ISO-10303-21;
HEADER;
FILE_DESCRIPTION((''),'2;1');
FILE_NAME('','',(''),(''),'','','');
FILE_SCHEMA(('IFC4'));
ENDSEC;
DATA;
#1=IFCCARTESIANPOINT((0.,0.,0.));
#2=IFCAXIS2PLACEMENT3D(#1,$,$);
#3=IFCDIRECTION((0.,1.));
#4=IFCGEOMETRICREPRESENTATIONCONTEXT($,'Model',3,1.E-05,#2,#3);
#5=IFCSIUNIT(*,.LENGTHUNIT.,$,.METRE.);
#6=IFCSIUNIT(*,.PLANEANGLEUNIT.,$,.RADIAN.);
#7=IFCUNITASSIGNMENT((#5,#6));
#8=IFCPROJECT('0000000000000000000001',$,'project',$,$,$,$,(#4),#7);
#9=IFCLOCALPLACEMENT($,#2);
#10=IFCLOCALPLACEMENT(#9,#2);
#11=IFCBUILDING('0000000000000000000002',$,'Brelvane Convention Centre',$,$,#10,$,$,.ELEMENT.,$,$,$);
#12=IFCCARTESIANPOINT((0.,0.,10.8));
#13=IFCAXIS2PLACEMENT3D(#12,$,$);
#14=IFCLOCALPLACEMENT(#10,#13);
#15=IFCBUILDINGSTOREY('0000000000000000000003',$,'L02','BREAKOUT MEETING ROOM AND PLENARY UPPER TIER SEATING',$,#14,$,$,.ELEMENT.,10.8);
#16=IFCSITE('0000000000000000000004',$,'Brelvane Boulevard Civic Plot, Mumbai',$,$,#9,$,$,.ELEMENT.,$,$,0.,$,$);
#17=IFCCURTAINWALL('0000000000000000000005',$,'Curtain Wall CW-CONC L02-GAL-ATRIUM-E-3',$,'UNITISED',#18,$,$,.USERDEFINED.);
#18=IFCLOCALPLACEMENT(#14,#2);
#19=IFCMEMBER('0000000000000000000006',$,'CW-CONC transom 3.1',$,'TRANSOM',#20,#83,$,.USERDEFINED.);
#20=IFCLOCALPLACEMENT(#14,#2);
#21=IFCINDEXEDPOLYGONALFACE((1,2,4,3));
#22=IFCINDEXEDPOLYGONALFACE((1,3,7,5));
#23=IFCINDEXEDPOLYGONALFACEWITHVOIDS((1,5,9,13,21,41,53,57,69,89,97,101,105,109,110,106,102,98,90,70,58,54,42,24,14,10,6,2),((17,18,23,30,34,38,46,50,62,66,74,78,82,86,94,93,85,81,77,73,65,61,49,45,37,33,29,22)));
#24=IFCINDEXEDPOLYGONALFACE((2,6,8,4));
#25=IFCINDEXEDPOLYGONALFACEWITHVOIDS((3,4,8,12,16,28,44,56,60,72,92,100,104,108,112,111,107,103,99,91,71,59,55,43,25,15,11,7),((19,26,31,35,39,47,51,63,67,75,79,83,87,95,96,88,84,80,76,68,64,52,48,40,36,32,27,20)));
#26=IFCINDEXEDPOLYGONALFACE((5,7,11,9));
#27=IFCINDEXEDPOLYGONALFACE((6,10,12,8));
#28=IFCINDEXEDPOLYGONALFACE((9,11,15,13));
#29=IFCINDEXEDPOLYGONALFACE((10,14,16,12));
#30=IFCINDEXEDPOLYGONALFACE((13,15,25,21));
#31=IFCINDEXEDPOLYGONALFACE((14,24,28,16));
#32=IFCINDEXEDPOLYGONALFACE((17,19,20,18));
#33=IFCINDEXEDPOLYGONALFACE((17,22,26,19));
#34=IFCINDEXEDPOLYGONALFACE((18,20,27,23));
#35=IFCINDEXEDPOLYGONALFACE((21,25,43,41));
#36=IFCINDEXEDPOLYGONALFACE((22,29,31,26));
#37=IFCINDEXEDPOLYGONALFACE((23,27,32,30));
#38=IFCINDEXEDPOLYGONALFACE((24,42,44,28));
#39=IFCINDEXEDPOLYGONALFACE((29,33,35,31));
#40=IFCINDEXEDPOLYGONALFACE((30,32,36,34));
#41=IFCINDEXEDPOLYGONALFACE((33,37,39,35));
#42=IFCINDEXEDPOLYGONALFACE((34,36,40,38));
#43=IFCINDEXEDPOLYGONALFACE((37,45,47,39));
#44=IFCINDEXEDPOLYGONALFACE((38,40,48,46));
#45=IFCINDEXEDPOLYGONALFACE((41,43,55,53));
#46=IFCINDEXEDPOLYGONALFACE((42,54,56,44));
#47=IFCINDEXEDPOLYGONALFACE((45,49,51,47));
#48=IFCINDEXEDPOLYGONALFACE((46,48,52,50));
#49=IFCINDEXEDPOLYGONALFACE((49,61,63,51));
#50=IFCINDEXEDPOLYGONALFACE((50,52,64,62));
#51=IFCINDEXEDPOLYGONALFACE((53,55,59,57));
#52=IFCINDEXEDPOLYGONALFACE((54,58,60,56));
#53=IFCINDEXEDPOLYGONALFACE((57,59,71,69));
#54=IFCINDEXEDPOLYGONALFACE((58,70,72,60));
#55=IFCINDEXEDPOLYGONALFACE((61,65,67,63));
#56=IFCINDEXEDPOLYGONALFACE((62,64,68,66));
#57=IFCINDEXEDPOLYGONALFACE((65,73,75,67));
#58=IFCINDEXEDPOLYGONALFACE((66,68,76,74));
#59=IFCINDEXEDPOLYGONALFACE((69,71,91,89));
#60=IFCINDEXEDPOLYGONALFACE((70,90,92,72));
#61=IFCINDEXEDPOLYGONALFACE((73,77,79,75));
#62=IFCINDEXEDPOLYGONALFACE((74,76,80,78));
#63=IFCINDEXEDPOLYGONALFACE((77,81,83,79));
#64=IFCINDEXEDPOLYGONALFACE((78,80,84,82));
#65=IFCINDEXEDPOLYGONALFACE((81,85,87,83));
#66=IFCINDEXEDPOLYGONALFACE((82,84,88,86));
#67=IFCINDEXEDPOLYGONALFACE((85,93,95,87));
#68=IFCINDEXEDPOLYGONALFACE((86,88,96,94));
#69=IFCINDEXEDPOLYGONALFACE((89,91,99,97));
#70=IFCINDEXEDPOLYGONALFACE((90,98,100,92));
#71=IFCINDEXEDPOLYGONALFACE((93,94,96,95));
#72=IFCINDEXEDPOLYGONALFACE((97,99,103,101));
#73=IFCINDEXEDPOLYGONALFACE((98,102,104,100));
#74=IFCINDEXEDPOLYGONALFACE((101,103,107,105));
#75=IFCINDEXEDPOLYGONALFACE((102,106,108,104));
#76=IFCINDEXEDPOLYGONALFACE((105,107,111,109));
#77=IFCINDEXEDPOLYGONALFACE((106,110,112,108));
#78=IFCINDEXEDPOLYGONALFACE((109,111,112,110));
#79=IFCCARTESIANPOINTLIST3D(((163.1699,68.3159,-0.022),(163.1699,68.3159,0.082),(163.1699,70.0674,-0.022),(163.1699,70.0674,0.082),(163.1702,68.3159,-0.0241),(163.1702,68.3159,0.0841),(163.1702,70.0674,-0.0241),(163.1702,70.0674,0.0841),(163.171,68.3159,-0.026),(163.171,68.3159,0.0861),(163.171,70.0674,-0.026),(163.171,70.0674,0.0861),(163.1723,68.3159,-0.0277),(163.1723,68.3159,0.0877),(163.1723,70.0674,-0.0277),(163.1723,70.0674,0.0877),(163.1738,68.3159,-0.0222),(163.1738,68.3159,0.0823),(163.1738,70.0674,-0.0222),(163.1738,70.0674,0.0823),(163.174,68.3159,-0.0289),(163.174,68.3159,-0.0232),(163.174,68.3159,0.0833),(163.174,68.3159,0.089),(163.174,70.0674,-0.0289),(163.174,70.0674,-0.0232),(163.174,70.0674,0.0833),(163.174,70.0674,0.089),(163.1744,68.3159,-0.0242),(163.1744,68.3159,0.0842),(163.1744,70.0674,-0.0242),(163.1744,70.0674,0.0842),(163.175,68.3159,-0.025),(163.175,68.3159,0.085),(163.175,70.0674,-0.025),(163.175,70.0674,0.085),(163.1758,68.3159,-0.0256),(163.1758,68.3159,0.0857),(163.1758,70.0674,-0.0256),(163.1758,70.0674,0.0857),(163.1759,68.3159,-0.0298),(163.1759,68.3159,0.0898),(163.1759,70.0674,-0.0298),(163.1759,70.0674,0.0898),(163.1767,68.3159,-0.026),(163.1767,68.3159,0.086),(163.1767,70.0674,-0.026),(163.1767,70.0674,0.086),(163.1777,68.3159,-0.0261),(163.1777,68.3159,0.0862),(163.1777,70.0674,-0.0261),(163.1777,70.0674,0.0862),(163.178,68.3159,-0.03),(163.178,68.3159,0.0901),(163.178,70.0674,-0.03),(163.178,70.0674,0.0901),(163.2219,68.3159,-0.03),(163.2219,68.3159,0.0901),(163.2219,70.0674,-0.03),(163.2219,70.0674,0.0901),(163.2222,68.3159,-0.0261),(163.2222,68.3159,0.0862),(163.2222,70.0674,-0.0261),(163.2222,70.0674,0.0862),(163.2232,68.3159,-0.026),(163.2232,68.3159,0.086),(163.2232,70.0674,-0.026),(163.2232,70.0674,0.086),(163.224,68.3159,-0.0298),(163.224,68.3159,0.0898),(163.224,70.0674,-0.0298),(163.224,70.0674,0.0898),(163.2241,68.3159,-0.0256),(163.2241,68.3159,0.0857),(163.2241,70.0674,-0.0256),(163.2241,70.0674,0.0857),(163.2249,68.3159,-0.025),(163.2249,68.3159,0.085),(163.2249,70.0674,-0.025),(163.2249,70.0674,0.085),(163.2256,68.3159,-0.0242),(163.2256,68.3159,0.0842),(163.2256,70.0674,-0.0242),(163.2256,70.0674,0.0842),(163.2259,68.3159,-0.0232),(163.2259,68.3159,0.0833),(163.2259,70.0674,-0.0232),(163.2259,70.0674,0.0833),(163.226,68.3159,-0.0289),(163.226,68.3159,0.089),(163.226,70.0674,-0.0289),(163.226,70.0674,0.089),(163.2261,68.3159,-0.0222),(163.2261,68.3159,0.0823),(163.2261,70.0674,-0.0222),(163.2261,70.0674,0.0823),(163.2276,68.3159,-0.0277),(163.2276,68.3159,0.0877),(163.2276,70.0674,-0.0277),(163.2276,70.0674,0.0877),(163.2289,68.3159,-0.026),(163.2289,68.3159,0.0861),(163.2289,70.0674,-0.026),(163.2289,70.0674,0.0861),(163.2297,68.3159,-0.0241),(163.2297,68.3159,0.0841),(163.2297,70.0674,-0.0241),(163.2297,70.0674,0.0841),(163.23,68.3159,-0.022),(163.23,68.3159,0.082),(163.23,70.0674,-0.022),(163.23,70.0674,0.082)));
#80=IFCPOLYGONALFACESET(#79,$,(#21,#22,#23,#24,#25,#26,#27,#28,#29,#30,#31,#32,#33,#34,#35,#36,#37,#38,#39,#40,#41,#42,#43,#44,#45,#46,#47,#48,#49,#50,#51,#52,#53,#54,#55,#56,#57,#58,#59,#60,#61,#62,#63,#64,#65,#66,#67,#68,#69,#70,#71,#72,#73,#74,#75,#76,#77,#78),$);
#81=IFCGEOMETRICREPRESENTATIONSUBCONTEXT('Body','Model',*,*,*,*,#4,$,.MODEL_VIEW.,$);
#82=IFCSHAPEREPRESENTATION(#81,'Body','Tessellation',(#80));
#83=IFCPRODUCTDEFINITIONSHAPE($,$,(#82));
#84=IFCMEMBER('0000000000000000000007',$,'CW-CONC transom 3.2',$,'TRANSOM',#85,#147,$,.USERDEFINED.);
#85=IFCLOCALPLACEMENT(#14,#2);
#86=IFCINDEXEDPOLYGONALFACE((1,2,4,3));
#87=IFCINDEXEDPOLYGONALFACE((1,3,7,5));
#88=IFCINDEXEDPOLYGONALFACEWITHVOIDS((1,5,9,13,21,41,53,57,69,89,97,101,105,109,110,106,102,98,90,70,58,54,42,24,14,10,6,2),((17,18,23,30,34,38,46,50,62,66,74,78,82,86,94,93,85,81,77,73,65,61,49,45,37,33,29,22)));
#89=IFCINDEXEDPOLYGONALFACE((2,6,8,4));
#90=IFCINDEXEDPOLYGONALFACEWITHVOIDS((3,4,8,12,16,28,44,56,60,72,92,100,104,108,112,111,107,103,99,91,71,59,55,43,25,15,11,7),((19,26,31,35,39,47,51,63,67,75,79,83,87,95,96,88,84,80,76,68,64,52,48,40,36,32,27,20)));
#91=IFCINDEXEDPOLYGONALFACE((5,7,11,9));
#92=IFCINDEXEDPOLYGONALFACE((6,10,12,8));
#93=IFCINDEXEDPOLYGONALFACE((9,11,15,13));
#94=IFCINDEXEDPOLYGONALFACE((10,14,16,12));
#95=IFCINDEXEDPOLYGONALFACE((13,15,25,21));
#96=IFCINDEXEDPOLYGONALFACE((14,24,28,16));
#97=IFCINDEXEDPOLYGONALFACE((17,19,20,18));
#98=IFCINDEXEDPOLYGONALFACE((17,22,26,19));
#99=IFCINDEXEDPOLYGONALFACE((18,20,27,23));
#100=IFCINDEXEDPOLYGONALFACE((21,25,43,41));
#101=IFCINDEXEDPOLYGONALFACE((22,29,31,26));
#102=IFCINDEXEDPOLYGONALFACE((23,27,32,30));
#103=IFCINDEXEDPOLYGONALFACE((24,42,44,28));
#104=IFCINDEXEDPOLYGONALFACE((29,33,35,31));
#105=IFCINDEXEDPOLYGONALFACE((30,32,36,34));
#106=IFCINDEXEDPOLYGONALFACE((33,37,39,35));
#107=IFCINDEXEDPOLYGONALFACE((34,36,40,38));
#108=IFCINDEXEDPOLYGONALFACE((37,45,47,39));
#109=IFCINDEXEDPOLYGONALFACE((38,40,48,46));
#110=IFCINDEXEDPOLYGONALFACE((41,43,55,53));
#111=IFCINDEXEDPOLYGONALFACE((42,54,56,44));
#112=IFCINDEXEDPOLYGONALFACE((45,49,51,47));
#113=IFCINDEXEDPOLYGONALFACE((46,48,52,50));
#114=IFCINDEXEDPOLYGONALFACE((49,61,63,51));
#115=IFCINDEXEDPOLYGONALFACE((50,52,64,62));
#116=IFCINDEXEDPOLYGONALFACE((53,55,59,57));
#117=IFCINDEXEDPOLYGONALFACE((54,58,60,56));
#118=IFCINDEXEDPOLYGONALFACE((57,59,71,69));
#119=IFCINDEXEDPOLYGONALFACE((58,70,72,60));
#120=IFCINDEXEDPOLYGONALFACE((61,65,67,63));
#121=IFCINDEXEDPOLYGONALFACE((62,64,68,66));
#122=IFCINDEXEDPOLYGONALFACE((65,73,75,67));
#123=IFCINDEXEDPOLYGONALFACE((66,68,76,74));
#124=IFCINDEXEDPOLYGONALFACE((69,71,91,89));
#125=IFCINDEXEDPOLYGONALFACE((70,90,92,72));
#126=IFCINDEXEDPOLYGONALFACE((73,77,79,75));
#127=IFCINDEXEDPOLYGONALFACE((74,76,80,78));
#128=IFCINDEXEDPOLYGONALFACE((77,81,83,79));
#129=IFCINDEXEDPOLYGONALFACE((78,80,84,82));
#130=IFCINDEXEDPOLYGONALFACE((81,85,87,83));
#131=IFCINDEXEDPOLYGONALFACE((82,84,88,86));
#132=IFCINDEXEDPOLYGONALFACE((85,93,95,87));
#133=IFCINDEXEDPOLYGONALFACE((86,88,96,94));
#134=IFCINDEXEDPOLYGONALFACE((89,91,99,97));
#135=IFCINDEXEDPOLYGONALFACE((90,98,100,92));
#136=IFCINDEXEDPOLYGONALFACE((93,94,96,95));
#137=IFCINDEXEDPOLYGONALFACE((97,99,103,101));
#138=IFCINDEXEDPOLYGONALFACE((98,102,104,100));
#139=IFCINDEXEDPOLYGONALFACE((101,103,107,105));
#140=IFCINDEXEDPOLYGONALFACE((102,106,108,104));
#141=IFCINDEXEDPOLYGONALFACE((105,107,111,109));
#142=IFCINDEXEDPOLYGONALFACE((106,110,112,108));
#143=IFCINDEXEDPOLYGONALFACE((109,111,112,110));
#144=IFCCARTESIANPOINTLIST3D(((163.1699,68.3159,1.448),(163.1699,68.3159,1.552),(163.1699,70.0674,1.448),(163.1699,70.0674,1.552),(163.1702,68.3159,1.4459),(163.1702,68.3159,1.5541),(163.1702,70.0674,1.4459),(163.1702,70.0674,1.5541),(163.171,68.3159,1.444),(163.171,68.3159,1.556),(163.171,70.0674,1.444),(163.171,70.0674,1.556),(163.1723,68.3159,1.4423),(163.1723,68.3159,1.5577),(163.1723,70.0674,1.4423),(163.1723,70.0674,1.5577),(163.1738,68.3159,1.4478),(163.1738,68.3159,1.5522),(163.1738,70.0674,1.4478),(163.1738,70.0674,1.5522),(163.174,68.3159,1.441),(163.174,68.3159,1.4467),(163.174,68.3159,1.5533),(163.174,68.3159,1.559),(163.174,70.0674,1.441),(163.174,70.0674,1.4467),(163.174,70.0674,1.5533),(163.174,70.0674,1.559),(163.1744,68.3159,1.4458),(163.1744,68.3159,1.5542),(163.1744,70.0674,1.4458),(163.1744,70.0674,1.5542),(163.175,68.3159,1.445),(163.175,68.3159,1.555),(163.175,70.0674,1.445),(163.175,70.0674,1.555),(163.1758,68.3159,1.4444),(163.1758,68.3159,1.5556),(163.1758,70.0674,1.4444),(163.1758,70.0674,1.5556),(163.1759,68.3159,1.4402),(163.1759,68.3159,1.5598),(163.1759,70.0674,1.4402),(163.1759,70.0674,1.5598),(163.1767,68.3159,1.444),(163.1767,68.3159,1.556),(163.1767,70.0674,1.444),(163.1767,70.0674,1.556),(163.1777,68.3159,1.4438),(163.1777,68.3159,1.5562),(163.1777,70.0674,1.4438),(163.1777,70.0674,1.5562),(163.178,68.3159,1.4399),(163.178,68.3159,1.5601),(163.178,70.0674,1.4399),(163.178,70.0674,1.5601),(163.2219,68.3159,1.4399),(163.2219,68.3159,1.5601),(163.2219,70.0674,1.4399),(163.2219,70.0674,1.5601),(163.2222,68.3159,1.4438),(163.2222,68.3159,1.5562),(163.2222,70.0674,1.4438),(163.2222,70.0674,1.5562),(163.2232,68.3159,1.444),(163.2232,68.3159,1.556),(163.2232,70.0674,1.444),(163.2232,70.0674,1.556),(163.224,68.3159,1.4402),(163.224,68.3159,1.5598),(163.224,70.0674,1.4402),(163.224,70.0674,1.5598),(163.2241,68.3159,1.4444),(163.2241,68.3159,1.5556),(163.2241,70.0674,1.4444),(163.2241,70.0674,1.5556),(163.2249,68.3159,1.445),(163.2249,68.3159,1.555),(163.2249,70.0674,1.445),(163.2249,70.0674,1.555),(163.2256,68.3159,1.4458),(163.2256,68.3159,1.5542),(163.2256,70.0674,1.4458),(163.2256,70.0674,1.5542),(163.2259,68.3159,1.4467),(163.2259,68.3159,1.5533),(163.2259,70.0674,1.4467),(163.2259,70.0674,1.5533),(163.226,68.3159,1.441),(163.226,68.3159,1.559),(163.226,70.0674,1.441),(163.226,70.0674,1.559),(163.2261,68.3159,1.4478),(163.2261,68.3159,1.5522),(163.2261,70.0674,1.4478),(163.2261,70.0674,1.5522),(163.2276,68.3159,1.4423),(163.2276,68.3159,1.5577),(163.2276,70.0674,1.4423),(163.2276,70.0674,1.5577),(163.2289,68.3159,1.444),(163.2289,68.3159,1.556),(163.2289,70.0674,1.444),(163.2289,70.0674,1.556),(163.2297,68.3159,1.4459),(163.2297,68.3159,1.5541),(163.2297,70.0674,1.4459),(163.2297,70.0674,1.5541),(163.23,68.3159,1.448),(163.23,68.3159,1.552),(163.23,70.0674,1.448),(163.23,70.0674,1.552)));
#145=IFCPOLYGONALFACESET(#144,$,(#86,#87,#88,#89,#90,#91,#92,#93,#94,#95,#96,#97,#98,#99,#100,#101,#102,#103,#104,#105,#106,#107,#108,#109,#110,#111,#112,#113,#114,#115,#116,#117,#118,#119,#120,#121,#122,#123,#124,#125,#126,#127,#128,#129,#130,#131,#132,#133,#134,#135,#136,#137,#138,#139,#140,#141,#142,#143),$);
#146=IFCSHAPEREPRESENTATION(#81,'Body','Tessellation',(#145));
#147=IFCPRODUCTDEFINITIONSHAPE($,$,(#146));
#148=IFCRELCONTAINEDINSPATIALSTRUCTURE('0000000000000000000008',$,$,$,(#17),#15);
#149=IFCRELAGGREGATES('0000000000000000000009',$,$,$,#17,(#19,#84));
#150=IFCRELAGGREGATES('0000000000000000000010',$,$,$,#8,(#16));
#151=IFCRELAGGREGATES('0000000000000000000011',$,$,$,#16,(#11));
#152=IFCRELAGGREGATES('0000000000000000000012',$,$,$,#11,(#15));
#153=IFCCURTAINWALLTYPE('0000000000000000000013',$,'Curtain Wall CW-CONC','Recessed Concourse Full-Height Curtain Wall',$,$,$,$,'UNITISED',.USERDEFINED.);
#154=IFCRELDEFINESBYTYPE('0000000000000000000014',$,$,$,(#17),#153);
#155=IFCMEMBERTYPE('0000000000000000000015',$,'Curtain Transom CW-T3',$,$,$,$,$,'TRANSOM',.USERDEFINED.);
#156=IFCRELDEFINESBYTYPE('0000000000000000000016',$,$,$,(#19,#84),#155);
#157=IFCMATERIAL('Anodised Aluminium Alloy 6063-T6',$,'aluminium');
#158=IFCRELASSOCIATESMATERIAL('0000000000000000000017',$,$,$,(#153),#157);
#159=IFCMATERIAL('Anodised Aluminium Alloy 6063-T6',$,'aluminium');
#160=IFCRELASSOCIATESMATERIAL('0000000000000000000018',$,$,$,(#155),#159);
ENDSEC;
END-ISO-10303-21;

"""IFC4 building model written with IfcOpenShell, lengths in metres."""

from ifc_helpers import new_model, si_unit, direction, frame, origin, origin_2d, place, context, subcontext, project, spatial, hollow_rectangle, extrude, material, material_profile, profile_set, type_object, element, aggregate, save


model = new_model("IFC4")

# Units and contexts
model_context = context("Model", 3, precision=1e-05, world=origin(), true_north=direction((0.0, 1.0)))
body_context = subcontext(model_context, "Body", "Model", "MODEL_VIEW")
ifc_project = project(units=[si_unit("LENGTHUNIT", "METRE"), si_unit("PLANEANGLEUNIT", "RADIAN")], contexts=[model_context])

# Site, building, storey
site_placement = place(None, origin())
site = spatial("IfcSite", under=ifc_project, at=site_placement, Name="Brelvane Boulevard Civic Plot, Mumbai", CompositionType="ELEMENT", RefElevation=0.0)
building_placement = place(site_placement, origin())
building = spatial("IfcBuilding", under=site, at=building_placement, Name="Brelvane Convention Centre", CompositionType="ELEMENT")
storey_placement = place(building_placement, frame((0.0, 0.0, 10.8)))
storey = spatial("IfcBuildingStorey", under=building, at=storey_placement, Name="L02", Description="BREAKOUT MEETING ROOM AND PLENARY UPPER TIER SEATING", CompositionType="ELEMENT", Elevation=10.8)

# Curtain wall, members
ifc_material_1 = material(Name="Anodised Aluminium Alloy 6063-T6", Category="aluminium")
curtain_wall_type = type_object("IfcCurtainWallType", Name="Curtain Wall CW-CONC", Description="Recessed Concourse Full-Height Curtain Wall", ElementType="UNITISED", PredefinedType="USERDEFINED", material=ifc_material_1)
curtain_wall_placement = place(storey_placement, origin())
curtain_wall = element("IfcCurtainWall", 1, at=curtain_wall_placement, inside=storey, type_object=curtain_wall_type, Name="Curtain Wall CW-CONC L02-GAL-ATRIUM-E-3", ObjectType="UNITISED", PredefinedType="USERDEFINED")
ifc_material_2 = material(Name="Anodised Aluminium Alloy 6063-T6", Category="aluminium")
ifc_material_profile_1 = material_profile(ifc_material_2, hollow_rectangle(XDim=0.0601, YDim=0.1201, WallThickness=0.0039, InnerFilletRadius=0.0039, OuterFilletRadius=0.0081, at=origin_2d()), Name="ALU-T 120x60x4.0")
ifc_profile_set_1 = profile_set([ifc_material_profile_1], Name="Anodised Aluminium Alloy 6063-T6")
member_type_1 = type_object("IfcMemberType", Name="Curtain Transom CW-T3", ElementType="TRANSOM", PredefinedType="USERDEFINED", material=ifc_profile_set_1)
member_1_placement = place(storey_placement, frame((163.2, 68.3159, 0.03), z_axis=(0.0, 1.0, 0.0), x_axis=(-1.0, 0.0, 0.0)))
member_1 = element("IfcMember", 2, at=member_1_placement, type_object=member_type_1, Name="CW-CONC transom 3.1", ObjectType="TRANSOM", PredefinedType="USERDEFINED", context=body_context, shape_type="SweptSolid", body=[
    extrude(hollow_rectangle(XDim=0.0601, YDim=0.1201, WallThickness=0.0039, InnerFilletRadius=0.0039, OuterFilletRadius=0.0081, at=origin_2d()), origin(), (0.0, 0.0, 1.0), 1.7515),
])
member_2_placement = place(storey_placement, frame((163.2, 68.3159, 1.5), z_axis=(0.0, 1.0, 0.0), x_axis=(-1.0, 0.0, 0.0)))
member_2 = element("IfcMember", 3, at=member_2_placement, type_object=member_type_1, Name="CW-CONC transom 3.2", ObjectType="TRANSOM", PredefinedType="USERDEFINED", context=body_context, shape_type="SweptSolid", body=[
    extrude(hollow_rectangle(XDim=0.0601, YDim=0.1201, WallThickness=0.0039, InnerFilletRadius=0.0039, OuterFilletRadius=0.0081, at=origin_2d()), origin(), (0.0, 0.0, 1.0), 1.7515),
])

aggregate(curtain_wall, [member_1, member_2])

save(model, "model.ifc")
